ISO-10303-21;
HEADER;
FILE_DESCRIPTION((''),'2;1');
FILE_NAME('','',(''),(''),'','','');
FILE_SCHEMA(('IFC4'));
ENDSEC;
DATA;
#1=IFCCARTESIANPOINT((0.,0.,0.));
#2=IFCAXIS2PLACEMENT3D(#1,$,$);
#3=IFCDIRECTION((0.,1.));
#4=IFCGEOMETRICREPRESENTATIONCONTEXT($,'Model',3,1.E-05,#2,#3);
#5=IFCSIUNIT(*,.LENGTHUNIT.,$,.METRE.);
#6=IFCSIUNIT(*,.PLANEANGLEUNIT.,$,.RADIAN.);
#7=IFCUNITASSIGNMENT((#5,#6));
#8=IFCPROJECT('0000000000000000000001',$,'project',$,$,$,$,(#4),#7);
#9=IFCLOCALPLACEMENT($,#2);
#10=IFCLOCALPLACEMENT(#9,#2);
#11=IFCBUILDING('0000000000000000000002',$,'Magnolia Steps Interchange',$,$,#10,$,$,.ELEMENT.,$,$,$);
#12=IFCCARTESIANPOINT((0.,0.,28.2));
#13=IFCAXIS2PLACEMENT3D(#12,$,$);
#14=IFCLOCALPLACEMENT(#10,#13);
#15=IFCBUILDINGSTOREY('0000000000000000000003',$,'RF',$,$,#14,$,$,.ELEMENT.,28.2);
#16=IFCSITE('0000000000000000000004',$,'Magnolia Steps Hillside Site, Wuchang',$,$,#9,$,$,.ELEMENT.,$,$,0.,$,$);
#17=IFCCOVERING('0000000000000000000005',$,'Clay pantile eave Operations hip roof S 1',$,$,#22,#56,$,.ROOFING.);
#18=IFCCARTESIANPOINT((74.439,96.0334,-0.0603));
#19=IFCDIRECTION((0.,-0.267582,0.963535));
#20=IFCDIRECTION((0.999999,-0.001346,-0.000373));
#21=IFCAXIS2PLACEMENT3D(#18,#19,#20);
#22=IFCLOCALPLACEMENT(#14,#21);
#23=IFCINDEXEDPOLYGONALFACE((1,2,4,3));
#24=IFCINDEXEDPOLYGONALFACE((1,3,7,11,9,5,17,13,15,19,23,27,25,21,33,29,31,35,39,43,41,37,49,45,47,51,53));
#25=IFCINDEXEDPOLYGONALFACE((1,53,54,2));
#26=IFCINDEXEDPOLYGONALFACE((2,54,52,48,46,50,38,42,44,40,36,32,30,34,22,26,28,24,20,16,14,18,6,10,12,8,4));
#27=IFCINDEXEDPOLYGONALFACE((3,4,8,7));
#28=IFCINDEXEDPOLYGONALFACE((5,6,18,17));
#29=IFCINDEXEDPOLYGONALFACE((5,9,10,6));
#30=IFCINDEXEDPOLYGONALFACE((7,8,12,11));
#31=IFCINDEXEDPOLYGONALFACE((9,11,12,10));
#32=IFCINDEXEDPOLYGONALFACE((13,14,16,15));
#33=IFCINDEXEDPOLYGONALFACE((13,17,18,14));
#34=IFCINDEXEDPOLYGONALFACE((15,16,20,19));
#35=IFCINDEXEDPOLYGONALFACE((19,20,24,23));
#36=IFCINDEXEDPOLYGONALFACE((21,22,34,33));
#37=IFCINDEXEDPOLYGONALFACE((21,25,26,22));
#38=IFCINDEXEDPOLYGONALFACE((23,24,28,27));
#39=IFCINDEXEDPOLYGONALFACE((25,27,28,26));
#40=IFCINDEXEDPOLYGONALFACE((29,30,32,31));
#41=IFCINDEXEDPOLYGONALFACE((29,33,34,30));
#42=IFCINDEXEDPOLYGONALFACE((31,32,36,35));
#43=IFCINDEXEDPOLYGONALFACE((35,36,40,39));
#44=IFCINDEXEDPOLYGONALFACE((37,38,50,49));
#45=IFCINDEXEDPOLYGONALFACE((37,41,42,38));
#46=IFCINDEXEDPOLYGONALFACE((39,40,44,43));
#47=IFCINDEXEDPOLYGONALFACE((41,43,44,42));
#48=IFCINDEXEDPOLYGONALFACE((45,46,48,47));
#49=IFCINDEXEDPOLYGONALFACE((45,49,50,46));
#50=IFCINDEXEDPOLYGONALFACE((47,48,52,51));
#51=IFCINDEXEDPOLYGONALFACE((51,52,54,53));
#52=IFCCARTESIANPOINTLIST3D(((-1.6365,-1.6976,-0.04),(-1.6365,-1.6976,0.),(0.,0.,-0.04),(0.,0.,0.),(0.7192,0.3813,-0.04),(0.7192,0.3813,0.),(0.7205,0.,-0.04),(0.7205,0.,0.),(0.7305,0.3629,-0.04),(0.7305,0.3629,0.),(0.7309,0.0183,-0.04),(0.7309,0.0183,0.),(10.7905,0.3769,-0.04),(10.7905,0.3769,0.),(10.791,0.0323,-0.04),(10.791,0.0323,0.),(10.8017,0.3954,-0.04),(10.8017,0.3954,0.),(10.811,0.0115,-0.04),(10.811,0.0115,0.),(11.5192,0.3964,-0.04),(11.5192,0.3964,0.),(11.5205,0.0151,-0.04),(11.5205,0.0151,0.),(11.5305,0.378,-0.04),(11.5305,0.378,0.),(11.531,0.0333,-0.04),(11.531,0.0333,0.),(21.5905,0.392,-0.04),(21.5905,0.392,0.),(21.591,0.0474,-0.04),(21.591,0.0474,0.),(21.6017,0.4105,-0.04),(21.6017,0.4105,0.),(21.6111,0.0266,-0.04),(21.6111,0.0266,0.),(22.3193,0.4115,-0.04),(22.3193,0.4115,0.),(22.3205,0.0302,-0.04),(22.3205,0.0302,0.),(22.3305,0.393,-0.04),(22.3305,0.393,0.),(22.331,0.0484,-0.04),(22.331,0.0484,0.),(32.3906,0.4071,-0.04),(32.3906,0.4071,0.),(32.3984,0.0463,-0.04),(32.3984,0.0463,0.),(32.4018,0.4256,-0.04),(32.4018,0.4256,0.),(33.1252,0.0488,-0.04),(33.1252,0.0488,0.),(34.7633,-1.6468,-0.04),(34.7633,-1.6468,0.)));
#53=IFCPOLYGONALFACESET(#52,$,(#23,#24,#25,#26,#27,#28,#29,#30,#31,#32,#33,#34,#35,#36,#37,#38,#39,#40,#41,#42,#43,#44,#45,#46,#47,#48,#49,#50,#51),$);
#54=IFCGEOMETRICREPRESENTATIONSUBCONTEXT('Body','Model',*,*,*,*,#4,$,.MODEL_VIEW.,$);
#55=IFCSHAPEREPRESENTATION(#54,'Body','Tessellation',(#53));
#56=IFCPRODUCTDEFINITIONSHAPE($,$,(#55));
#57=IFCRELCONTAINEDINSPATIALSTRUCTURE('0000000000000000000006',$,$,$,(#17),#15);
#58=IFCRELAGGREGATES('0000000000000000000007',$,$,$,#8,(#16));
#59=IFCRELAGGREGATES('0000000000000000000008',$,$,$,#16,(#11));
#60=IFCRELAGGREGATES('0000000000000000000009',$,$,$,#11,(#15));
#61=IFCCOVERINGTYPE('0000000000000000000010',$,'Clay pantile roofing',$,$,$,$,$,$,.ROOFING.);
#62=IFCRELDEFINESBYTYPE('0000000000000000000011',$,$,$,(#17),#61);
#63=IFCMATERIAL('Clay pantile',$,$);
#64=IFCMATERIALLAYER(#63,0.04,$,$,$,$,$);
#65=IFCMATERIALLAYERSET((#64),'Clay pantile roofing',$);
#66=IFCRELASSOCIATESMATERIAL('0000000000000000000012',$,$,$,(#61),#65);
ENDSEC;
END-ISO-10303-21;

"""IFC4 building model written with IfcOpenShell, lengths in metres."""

from ifc_helpers import new_model, si_unit, direction, frame, origin, place, context, subcontext, project, spatial, polyline, outline, extrude, material, layer, layer_set, type_object, element, save


model = new_model("IFC4")

# Units and contexts
model_context = context("Model", 3, precision=1e-05, world=origin(), true_north=direction((0.0, 1.0)))
body_context = subcontext(model_context, "Body", "Model", "MODEL_VIEW")
ifc_project = project(units=[si_unit("LENGTHUNIT", "METRE"), si_unit("PLANEANGLEUNIT", "RADIAN")], contexts=[model_context])

# Site, building, storey
site_placement = place(None, origin())
site = spatial("IfcSite", under=ifc_project, at=site_placement, Name="Magnolia Steps Hillside Site, Wuchang", CompositionType="ELEMENT", RefElevation=0.0)
building_placement = place(site_placement, origin())
building = spatial("IfcBuilding", under=site, at=building_placement, Name="Magnolia Steps Interchange", CompositionType="ELEMENT")
storey_placement = place(building_placement, frame((0.0, 0.0, 28.2)))
storey = spatial("IfcBuildingStorey", under=building, at=storey_placement, Name="RF", CompositionType="ELEMENT", Elevation=28.2)

# Covering
ifc_material_1 = material(Name="Clay pantile")
ifc_layer_1 = layer(ifc_material_1, 0.04)
ifc_layer_set_1 = layer_set([ifc_layer_1], Name="Clay pantile roofing")
covering_type_1 = type_object("IfcCoveringType", Name="Clay pantile roofing", PredefinedType="ROOFING", material=ifc_layer_set_1)
covering_1_placement = place(storey_placement, frame((74.439, 96.0334, -0.0603), z_axis=(0.0, -0.267582, 0.963535), x_axis=(0.999999, -0.001346, -0.000373)))
element("IfcCovering", 1, at=covering_1_placement, inside=storey, type_object=covering_type_1, Name="Clay pantile eave Operations hip roof S 1", PredefinedType="ROOFING", context=body_context, shape_type="SweptSolid", body=[
    extrude(outline(polyline([(0.0, 0.0), (0.7205, 0.0), (0.7309, 0.0183), (0.7305, 0.3629), (0.7192, 0.3813), (10.8017, 0.3954), (10.7905, 0.3769), (10.791, 0.0323), (10.811, 0.0115), (11.5205, 0.0151), (11.531, 0.0333), (11.5305, 0.378), (11.5192, 0.3964), (21.6017, 0.4105), (21.5905, 0.392), (21.591, 0.0474), (21.6111, 0.0266), (22.3205, 0.0302), (22.331, 0.0484), (22.3305, 0.393), (22.3193, 0.4115), (32.4018, 0.4256), (32.3906, 0.4071), (32.3984, 0.0463), (33.1252, 0.0488), (34.7633, -1.6468), (-1.6365, -1.6976), (0.0, 0.0)])), origin(), (0.0, 0.0, -1.0), 0.04),
])

save(model, "model.ifc")
